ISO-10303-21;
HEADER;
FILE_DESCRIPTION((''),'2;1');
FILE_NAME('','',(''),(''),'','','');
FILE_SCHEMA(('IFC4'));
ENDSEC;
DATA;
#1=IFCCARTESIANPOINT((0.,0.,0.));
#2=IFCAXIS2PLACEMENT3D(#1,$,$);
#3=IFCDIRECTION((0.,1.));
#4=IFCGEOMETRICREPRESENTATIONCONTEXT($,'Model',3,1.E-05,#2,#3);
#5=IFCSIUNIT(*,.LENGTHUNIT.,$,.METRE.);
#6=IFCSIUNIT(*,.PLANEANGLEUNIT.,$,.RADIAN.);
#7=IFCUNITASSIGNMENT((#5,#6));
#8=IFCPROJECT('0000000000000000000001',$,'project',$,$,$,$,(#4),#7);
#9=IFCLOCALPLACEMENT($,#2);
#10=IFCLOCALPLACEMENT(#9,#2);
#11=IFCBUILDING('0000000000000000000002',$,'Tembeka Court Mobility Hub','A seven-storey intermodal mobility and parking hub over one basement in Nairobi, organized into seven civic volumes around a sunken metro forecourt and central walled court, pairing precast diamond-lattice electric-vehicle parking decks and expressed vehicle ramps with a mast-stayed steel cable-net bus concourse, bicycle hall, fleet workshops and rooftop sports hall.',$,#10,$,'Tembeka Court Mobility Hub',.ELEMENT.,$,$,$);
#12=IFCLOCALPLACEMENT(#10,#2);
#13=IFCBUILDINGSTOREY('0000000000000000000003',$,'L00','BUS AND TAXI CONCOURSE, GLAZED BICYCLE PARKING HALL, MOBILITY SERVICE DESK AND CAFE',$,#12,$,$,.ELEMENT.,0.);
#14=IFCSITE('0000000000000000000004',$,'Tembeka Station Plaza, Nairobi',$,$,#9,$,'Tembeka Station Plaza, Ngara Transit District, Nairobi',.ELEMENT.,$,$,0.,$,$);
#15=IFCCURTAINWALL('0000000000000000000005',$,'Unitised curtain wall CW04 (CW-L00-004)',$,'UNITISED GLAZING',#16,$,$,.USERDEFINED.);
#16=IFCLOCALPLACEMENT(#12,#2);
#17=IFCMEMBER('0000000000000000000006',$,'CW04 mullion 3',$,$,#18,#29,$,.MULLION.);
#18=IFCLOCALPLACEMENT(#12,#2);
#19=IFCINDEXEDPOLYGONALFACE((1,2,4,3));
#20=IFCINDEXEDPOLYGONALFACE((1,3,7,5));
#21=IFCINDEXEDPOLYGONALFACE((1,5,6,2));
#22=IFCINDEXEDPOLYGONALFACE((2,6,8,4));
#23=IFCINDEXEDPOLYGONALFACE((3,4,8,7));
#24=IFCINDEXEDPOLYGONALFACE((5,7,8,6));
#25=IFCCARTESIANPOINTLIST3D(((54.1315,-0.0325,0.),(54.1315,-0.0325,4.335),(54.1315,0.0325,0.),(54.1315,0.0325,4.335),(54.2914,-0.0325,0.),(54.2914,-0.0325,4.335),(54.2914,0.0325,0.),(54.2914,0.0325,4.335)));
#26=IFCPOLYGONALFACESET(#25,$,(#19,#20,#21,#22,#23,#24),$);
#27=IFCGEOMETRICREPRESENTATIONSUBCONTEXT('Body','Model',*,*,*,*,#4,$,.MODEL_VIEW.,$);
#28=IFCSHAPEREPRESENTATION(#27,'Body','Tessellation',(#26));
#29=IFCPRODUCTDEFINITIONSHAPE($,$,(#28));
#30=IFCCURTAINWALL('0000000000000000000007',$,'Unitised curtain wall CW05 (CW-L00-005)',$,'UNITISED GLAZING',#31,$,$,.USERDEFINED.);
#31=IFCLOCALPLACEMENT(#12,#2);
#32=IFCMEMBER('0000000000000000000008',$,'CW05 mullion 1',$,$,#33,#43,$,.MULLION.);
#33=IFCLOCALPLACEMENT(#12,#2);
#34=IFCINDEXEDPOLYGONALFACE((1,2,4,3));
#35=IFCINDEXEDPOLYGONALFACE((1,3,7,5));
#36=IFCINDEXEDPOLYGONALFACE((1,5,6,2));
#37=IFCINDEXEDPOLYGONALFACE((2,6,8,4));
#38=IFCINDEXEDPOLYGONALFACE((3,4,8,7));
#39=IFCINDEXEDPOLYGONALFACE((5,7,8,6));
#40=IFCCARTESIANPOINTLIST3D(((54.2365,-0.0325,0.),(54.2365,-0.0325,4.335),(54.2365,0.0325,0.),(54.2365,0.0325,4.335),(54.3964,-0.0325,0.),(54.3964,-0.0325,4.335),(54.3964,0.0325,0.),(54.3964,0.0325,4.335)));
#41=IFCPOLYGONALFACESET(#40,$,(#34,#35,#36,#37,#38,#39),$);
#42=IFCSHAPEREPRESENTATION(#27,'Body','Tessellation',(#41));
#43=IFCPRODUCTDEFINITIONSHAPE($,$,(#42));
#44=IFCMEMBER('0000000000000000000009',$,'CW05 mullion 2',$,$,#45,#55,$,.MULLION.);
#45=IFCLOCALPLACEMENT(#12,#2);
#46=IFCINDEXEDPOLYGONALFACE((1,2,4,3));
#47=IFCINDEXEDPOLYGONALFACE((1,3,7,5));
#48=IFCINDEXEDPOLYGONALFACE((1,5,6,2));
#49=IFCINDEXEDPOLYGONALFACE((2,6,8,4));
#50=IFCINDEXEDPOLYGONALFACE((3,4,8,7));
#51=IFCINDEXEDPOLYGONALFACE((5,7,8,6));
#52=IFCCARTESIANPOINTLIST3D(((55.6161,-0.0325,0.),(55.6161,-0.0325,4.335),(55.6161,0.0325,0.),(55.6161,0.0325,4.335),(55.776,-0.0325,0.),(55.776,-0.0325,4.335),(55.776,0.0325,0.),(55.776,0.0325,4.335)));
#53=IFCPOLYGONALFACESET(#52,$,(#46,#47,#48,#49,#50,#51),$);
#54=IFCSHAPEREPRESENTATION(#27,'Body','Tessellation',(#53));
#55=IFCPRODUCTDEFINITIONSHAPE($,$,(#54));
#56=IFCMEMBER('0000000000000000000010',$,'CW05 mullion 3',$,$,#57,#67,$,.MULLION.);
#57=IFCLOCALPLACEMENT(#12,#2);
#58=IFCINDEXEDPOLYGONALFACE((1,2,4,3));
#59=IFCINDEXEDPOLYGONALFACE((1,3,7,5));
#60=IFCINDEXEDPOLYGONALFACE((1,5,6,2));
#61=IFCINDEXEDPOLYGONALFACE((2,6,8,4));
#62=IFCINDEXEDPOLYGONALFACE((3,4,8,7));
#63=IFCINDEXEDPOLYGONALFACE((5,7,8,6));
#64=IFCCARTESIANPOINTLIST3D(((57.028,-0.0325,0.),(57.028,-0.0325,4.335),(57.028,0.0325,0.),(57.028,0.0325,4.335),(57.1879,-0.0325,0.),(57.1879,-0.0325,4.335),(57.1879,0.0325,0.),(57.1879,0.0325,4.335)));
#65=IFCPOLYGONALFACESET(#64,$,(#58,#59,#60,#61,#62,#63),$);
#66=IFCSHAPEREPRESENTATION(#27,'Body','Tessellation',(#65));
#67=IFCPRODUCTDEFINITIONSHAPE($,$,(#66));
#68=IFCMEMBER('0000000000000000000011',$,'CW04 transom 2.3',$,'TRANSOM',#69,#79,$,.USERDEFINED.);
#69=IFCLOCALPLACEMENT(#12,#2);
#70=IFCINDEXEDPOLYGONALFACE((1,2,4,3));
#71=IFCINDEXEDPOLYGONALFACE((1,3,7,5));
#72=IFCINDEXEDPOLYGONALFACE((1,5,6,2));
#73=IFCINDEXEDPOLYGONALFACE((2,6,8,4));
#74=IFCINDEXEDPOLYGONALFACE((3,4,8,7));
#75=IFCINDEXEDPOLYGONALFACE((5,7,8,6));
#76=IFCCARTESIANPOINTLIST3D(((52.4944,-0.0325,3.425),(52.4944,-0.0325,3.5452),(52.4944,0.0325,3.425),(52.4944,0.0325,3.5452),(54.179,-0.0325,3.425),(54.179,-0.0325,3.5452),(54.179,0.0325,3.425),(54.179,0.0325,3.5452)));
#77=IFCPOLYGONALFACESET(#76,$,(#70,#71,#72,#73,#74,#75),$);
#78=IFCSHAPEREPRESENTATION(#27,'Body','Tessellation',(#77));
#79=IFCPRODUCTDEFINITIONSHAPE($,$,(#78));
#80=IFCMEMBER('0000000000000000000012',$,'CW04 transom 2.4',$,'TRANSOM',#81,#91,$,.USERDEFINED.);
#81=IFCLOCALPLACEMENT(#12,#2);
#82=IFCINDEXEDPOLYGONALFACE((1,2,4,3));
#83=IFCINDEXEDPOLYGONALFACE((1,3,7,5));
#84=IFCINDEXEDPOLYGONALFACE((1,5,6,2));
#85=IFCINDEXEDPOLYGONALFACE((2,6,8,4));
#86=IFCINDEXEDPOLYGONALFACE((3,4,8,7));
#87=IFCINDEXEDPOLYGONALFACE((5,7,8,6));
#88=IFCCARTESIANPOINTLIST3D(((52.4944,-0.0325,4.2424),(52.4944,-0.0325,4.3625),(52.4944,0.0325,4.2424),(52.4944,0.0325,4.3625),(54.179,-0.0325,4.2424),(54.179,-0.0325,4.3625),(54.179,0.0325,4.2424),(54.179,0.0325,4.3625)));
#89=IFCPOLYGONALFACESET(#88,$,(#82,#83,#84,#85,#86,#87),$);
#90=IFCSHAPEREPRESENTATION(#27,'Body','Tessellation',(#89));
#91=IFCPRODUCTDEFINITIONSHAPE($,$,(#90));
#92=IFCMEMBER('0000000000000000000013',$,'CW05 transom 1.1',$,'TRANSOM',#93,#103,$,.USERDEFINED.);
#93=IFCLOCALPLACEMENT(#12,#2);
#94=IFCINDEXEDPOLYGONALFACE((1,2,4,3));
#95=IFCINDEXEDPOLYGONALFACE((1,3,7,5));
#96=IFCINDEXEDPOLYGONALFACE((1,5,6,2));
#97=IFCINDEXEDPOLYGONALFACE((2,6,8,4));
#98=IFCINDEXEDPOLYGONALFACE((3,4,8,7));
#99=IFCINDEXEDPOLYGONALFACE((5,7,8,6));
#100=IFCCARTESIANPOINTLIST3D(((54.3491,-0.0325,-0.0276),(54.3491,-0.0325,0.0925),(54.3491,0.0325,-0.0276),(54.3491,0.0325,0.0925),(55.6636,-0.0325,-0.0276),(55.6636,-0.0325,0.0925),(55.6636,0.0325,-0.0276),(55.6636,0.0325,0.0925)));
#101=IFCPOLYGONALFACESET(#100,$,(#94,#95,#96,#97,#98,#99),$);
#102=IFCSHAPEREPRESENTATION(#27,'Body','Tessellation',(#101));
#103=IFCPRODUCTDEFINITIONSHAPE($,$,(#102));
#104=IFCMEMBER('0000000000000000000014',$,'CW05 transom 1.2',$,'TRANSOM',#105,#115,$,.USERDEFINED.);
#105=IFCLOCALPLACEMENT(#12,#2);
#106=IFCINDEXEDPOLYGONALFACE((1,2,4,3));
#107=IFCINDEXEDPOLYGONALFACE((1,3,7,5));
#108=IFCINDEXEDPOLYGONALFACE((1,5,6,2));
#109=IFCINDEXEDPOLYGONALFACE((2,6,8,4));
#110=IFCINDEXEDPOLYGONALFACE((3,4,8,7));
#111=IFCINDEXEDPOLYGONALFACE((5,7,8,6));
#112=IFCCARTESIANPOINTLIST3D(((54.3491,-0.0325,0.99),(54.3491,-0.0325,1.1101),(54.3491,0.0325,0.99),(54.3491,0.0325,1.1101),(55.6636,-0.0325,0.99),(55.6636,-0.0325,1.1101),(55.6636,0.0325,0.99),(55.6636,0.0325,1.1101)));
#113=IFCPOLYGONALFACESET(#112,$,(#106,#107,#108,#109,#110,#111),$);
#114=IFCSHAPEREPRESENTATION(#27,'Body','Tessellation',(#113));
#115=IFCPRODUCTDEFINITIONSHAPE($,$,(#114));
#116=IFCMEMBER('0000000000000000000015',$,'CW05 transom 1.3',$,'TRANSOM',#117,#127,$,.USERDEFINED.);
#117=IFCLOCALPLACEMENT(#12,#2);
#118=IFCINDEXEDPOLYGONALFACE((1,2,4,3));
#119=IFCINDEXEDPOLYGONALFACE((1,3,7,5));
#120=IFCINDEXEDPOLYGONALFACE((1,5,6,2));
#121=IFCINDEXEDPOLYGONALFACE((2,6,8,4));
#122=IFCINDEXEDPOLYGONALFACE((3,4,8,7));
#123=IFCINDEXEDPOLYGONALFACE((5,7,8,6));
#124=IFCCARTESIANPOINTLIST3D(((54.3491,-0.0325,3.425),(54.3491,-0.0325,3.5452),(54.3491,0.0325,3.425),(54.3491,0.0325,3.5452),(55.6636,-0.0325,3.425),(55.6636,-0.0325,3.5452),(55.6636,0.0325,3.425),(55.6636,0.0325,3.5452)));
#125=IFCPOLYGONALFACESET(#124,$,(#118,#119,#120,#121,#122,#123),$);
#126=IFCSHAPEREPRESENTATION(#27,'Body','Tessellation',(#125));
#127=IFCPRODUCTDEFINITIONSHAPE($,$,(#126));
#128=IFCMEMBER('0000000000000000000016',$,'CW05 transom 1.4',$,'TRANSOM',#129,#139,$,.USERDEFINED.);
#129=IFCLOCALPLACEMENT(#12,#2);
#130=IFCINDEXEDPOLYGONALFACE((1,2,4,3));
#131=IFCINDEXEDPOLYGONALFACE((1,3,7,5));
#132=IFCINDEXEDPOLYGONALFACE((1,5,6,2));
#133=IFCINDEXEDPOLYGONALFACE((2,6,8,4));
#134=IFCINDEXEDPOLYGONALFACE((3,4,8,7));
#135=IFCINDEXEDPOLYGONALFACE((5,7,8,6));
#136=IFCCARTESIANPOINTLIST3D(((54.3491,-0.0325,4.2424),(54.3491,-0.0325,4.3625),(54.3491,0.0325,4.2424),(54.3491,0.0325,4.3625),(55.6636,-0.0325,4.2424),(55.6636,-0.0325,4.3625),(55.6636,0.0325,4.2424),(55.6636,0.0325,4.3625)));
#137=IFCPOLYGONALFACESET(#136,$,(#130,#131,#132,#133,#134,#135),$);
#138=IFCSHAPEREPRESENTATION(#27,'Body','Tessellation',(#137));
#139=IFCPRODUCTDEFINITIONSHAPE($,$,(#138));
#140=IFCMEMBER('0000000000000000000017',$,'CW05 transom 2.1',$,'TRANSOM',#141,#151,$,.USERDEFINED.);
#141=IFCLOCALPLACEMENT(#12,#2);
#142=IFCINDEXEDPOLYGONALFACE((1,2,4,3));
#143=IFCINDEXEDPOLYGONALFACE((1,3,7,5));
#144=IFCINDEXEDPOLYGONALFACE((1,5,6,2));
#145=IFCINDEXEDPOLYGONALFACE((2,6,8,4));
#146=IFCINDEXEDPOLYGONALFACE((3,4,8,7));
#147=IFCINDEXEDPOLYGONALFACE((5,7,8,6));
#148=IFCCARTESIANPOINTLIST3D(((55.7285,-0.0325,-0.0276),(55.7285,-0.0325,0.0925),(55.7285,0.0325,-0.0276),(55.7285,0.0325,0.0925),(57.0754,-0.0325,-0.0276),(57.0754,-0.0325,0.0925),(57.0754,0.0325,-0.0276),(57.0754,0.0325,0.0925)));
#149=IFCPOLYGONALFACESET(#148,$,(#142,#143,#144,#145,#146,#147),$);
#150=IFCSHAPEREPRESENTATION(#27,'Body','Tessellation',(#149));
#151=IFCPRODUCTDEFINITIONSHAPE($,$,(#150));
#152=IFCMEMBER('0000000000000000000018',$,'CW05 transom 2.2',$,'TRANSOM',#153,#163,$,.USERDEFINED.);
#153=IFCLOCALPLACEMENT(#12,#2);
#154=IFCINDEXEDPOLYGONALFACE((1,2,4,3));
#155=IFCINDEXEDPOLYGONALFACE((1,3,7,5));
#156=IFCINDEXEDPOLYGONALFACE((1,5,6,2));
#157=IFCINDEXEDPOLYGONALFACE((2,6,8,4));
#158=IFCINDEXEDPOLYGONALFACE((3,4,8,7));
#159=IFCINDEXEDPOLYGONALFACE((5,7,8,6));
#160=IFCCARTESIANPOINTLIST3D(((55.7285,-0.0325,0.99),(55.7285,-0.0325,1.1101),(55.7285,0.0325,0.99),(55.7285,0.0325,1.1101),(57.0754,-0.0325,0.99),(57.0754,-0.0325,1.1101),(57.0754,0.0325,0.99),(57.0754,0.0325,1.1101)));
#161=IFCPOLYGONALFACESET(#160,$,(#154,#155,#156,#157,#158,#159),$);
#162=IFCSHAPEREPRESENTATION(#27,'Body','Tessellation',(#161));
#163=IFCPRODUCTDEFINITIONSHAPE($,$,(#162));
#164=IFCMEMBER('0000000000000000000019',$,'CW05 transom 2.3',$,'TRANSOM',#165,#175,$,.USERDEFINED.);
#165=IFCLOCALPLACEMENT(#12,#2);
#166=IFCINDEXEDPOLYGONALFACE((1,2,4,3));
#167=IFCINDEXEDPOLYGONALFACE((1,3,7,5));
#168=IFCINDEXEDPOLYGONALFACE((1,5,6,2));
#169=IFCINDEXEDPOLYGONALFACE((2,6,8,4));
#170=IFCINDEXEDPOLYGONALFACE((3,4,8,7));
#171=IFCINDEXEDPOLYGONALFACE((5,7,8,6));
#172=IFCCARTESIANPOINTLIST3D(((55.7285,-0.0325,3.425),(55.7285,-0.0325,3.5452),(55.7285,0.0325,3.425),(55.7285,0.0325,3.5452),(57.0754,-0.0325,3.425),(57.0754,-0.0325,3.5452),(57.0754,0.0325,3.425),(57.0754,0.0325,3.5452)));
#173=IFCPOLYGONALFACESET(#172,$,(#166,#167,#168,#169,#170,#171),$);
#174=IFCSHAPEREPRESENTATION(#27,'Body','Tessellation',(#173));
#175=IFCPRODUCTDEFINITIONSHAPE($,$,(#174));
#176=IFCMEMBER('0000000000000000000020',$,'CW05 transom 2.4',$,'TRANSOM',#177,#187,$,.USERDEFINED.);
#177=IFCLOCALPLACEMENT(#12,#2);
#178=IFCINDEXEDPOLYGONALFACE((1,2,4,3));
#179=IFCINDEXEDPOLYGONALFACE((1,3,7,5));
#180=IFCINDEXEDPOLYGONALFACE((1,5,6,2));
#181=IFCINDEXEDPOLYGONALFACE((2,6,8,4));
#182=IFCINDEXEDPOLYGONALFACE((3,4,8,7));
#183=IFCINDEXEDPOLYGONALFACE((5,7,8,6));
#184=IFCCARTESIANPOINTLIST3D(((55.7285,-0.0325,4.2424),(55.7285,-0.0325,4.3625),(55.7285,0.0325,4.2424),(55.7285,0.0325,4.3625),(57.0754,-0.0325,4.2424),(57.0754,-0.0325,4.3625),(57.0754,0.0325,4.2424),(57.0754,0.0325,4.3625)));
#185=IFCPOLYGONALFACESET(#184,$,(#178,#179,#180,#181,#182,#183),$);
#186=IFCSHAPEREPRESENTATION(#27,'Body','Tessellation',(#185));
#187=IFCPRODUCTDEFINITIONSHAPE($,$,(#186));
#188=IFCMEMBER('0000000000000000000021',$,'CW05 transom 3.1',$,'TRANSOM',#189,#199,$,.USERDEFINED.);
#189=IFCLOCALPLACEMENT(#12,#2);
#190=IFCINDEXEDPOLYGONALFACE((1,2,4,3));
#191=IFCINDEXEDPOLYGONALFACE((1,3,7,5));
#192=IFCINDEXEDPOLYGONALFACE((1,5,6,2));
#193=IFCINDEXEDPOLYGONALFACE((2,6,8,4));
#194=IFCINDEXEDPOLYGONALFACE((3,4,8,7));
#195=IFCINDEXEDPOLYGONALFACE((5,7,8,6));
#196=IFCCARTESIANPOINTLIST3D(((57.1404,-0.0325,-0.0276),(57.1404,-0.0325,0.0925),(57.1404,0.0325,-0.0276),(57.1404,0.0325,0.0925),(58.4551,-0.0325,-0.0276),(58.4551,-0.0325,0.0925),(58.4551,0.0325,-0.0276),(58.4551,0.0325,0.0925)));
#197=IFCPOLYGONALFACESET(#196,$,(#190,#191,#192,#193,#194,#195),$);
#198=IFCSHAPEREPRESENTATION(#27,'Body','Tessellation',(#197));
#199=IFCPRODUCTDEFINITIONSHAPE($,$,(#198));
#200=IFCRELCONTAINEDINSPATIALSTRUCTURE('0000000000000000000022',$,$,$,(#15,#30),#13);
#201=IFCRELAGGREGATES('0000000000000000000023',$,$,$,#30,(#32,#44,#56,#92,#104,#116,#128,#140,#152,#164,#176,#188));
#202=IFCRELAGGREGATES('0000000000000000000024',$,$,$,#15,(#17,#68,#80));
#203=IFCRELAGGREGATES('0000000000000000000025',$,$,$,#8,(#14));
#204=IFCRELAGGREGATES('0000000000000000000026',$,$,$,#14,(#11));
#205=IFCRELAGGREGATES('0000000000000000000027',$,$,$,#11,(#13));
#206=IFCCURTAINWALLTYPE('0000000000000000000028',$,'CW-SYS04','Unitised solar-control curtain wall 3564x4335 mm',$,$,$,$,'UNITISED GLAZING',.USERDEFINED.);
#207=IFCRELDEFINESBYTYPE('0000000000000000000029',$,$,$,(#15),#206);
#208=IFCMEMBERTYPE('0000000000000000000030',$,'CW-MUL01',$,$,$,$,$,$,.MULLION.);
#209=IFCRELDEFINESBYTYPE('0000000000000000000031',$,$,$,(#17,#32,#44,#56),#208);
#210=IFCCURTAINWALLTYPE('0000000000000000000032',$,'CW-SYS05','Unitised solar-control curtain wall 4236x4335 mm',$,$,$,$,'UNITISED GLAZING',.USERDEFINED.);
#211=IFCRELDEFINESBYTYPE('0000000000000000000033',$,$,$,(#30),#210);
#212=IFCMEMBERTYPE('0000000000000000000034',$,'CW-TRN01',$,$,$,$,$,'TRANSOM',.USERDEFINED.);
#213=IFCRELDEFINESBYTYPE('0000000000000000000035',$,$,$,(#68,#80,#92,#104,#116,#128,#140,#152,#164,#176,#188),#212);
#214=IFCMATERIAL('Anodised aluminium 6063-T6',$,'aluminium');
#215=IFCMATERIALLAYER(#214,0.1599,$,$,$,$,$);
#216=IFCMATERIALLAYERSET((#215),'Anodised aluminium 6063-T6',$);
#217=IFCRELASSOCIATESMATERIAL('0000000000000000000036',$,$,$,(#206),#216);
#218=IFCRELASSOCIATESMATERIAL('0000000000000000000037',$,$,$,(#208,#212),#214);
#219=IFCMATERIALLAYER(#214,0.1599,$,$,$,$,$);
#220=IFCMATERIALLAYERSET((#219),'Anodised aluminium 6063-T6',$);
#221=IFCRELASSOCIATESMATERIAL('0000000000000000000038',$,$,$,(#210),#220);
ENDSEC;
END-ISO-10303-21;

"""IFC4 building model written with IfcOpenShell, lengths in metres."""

from ifc_helpers import new_model, si_unit, direction, frame, origin, origin_2d, place, context, subcontext, project, spatial, rectangle, extrude, material, layer, layer_set, material_profile, profile_set, type_object, element, aggregate, save


model = new_model("IFC4")

# Units and contexts
model_context = context("Model", 3, precision=1e-05, world=origin(), true_north=direction((0.0, 1.0)))
body_context = subcontext(model_context, "Body", "Model", "MODEL_VIEW")
ifc_project = project(units=[si_unit("LENGTHUNIT", "METRE"), si_unit("PLANEANGLEUNIT", "RADIAN")], contexts=[model_context])

# Site, building, storey
site_placement = place(None, origin())
site = spatial("IfcSite", under=ifc_project, at=site_placement, Name="Tembeka Station Plaza, Nairobi", LongName="Tembeka Station Plaza, Ngara Transit District, Nairobi", CompositionType="ELEMENT", RefElevation=0.0)
building_placement = place(site_placement, origin())
building = spatial("IfcBuilding", under=site, at=building_placement, Name="Tembeka Court Mobility Hub", Description="A seven-storey intermodal mobility and parking hub over one basement in Nairobi, organized into seven civic volumes around a sunken metro forecourt and central walled court, pairing precast diamond-lattice electric-vehicle parking decks and expressed vehicle ramps with a mast-stayed steel cable-net bus concourse, bicycle hall, fleet workshops and rooftop sports hall.", LongName="Tembeka Court Mobility Hub", CompositionType="ELEMENT")
storey_placement = place(building_placement, origin())
storey = spatial("IfcBuildingStorey", under=building, at=storey_placement, Name="L00", Description="BUS AND TAXI CONCOURSE, GLAZED BICYCLE PARKING HALL, MOBILITY SERVICE DESK AND CAFE", CompositionType="ELEMENT", Elevation=0.0)

# Curtain wall, member
ifc_material_1 = material(Name="Anodised aluminium 6063-T6", Category="aluminium")
ifc_layer_1 = layer(ifc_material_1, 0.1599)
ifc_layer_set_1 = layer_set([ifc_layer_1], Name="Anodised aluminium 6063-T6")
curtain_wall_type_1 = type_object("IfcCurtainWallType", Name="CW-SYS04", Description="Unitised solar-control curtain wall 3564x4335 mm", ElementType="UNITISED GLAZING", PredefinedType="USERDEFINED", material=ifc_layer_set_1)
curtain_wall_1_placement = place(storey_placement, origin())
curtain_wall_1 = element("IfcCurtainWall", 1, at=curtain_wall_1_placement, inside=storey, type_object=curtain_wall_type_1, Name="Unitised curtain wall CW04 (CW-L00-004)", ObjectType="UNITISED GLAZING", PredefinedType="USERDEFINED")
ifc_material_profile_1 = material_profile(ifc_material_1, rectangle(XDim=0.0649, YDim=0.1599, at=origin_2d()), Name="ALU-MUL 65x160")
ifc_profile_set_1 = profile_set([ifc_material_profile_1], Name="Anodised aluminium 6063-T6")
member_type_1 = type_object("IfcMemberType", Name="CW-MUL01", PredefinedType="MULLION", material=ifc_profile_set_1)
member_1_placement = place(storey_placement, frame((54.2114, 0.0, 0.0), z_axis=(0.0, 0.0, 1.0), x_axis=(0.0, 1.0, 0.0)))
member_1 = element("IfcMember", 2, at=member_1_placement, type_object=member_type_1, Name="CW04 mullion 3", PredefinedType="MULLION", context=body_context, shape_type="SweptSolid", body=[
    extrude(rectangle(XDim=0.0649, YDim=0.1599, at=origin_2d()), origin(), (0.0, 0.0, 1.0), 4.335),
])

# Curtain wall, members
ifc_layer_2 = layer(ifc_material_1, 0.1599)
ifc_layer_set_2 = layer_set([ifc_layer_2], Name="Anodised aluminium 6063-T6")
curtain_wall_type_2 = type_object("IfcCurtainWallType", Name="CW-SYS05", Description="Unitised solar-control curtain wall 4236x4335 mm", ElementType="UNITISED GLAZING", PredefinedType="USERDEFINED", material=ifc_layer_set_2)
curtain_wall_2_placement = place(storey_placement, origin())
curtain_wall_2 = element("IfcCurtainWall", 3, at=curtain_wall_2_placement, inside=storey, type_object=curtain_wall_type_2, Name="Unitised curtain wall CW05 (CW-L00-005)", ObjectType="UNITISED GLAZING", PredefinedType="USERDEFINED")
member_2_placement = place(storey_placement, frame((54.3164, 0.0, 0.0), z_axis=(0.0, 0.0, 1.0), x_axis=(0.0, 1.0, 0.0)))
member_2 = element("IfcMember", 4, at=member_2_placement, type_object=member_type_1, Name="CW05 mullion 1", PredefinedType="MULLION", context=body_context, shape_type="SweptSolid", body=[
    extrude(rectangle(XDim=0.0649, YDim=0.1599, at=origin_2d()), origin(), (0.0, 0.0, 1.0), 4.335),
])
member_3_placement = place(storey_placement, frame((55.696, 0.0, 0.0), z_axis=(0.0, 0.0, 1.0), x_axis=(0.0, 1.0, 0.0)))
member_3 = element("IfcMember", 5, at=member_3_placement, type_object=member_type_1, Name="CW05 mullion 2", PredefinedType="MULLION", context=body_context, shape_type="SweptSolid", body=[
    extrude(rectangle(XDim=0.0649, YDim=0.1599, at=origin_2d()), origin(), (0.0, 0.0, 1.0), 4.335),
])
member_4_placement = place(storey_placement, frame((57.1079, 0.0, 0.0), z_axis=(0.0, 0.0, 1.0), x_axis=(0.0, 1.0, 0.0)))
member_4 = element("IfcMember", 6, at=member_4_placement, type_object=member_type_1, Name="CW05 mullion 3", PredefinedType="MULLION", context=body_context, shape_type="SweptSolid", body=[
    extrude(rectangle(XDim=0.0649, YDim=0.1599, at=origin_2d()), origin(), (0.0, 0.0, 1.0), 4.335),
])

# Members
ifc_material_profile_2 = material_profile(ifc_material_1, rectangle(XDim=0.0649, YDim=0.1201, at=origin_2d()), Name="ALU-TRN 65x120")
ifc_profile_set_2 = profile_set([ifc_material_profile_2], Name="Anodised aluminium 6063-T6")
member_type_2 = type_object("IfcMemberType", Name="CW-TRN01", ElementType="TRANSOM", PredefinedType="USERDEFINED", material=ifc_profile_set_2)
member_5_placement = place(storey_placement, frame((52.4944, 0.0, 3.4851), z_axis=(1.0, 0.0, 0.0), x_axis=(0.0, 1.0, 0.0)))
member_5 = element("IfcMember", 7, at=member_5_placement, type_object=member_type_2, Name="CW04 transom 2.3", ObjectType="TRANSOM", PredefinedType="USERDEFINED", context=body_context, shape_type="SweptSolid", body=[
    extrude(rectangle(XDim=0.0649, YDim=0.1201, at=origin_2d()), origin(), (0.0, 0.0, 1.0), 1.6846),
])
member_6_placement = place(storey_placement, frame((52.4944, 0.0, 4.3025), z_axis=(1.0, 0.0, 0.0), x_axis=(0.0, 1.0, 0.0)))
member_6 = element("IfcMember", 8, at=member_6_placement, type_object=member_type_2, Name="CW04 transom 2.4", ObjectType="TRANSOM", PredefinedType="USERDEFINED", context=body_context, shape_type="SweptSolid", body=[
    extrude(rectangle(XDim=0.0649, YDim=0.1201, at=origin_2d()), origin(), (0.0, 0.0, 1.0), 1.6846),
])
member_7_placement = place(storey_placement, frame((54.3491, 0.0, 0.0325), z_axis=(1.0, 0.0, 0.0), x_axis=(0.0, 1.0, 0.0)))
member_7 = element("IfcMember", 9, at=member_7_placement, type_object=member_type_2, Name="CW05 transom 1.1", ObjectType="TRANSOM", PredefinedType="USERDEFINED", context=body_context, shape_type="SweptSolid", body=[
    extrude(rectangle(XDim=0.0649, YDim=0.1201, at=origin_2d()), origin(), (0.0, 0.0, 1.0), 1.3145),
])
member_8_placement = place(storey_placement, frame((54.3491, 0.0, 1.05), z_axis=(1.0, 0.0, 0.0), x_axis=(0.0, 1.0, 0.0)))
member_8 = element("IfcMember", 10, at=member_8_placement, type_object=member_type_2, Name="CW05 transom 1.2", ObjectType="TRANSOM", PredefinedType="USERDEFINED", context=body_context, shape_type="SweptSolid", body=[
    extrude(rectangle(XDim=0.0649, YDim=0.1201, at=origin_2d()), origin(), (0.0, 0.0, 1.0), 1.3145),
])
member_9_placement = place(storey_placement, frame((54.3491, 0.0, 3.4851), z_axis=(1.0, 0.0, 0.0), x_axis=(0.0, 1.0, 0.0)))
member_9 = element("IfcMember", 11, at=member_9_placement, type_object=member_type_2, Name="CW05 transom 1.3", ObjectType="TRANSOM", PredefinedType="USERDEFINED", context=body_context, shape_type="SweptSolid", body=[
    extrude(rectangle(XDim=0.0649, YDim=0.1201, at=origin_2d()), origin(), (0.0, 0.0, 1.0), 1.3145),
])
member_10_placement = place(storey_placement, frame((54.3491, 0.0, 4.3025), z_axis=(1.0, 0.0, 0.0), x_axis=(0.0, 1.0, 0.0)))
member_10 = element("IfcMember", 12, at=member_10_placement, type_object=member_type_2, Name="CW05 transom 1.4", ObjectType="TRANSOM", PredefinedType="USERDEFINED", context=body_context, shape_type="SweptSolid", body=[
    extrude(rectangle(XDim=0.0649, YDim=0.1201, at=origin_2d()), origin(), (0.0, 0.0, 1.0), 1.3145),
])
member_11_placement = place(storey_placement, frame((55.7285, 0.0, 0.0325), z_axis=(1.0, 0.0, 0.0), x_axis=(0.0, 1.0, 0.0)))
member_11 = element("IfcMember", 13, at=member_11_placement, type_object=member_type_2, Name="CW05 transom 2.1", ObjectType="TRANSOM", PredefinedType="USERDEFINED", context=body_context, shape_type="SweptSolid", body=[
    extrude(rectangle(XDim=0.0649, YDim=0.1201, at=origin_2d()), origin(), (0.0, 0.0, 1.0), 1.3469),
])
member_12_placement = place(storey_placement, frame((55.7285, 0.0, 1.05), z_axis=(1.0, 0.0, 0.0), x_axis=(0.0, 1.0, 0.0)))
member_12 = element("IfcMember", 14, at=member_12_placement, type_object=member_type_2, Name="CW05 transom 2.2", ObjectType="TRANSOM", PredefinedType="USERDEFINED", context=body_context, shape_type="SweptSolid", body=[
    extrude(rectangle(XDim=0.0649, YDim=0.1201, at=origin_2d()), origin(), (0.0, 0.0, 1.0), 1.3469),
])
member_13_placement = place(storey_placement, frame((55.7285, 0.0, 3.4851), z_axis=(1.0, 0.0, 0.0), x_axis=(0.0, 1.0, 0.0)))
member_13 = element("IfcMember", 15, at=member_13_placement, type_object=member_type_2, Name="CW05 transom 2.3", ObjectType="TRANSOM", PredefinedType="USERDEFINED", context=body_context, shape_type="SweptSolid", body=[
    extrude(rectangle(XDim=0.0649, YDim=0.1201, at=origin_2d()), origin(), (0.0, 0.0, 1.0), 1.3469),
])
member_14_placement = place(storey_placement, frame((55.7285, 0.0, 4.3025), z_axis=(1.0, 0.0, 0.0), x_axis=(0.0, 1.0, 0.0)))
member_14 = element("IfcMember", 16, at=member_14_placement, type_object=member_type_2, Name="CW05 transom 2.4", ObjectType="TRANSOM", PredefinedType="USERDEFINED", context=body_context, shape_type="SweptSolid", body=[
    extrude(rectangle(XDim=0.0649, YDim=0.1201, at=origin_2d()), origin(), (0.0, 0.0, 1.0), 1.3469),
])
member_15_placement = place(storey_placement, frame((57.1404, 0.0, 0.0325), z_axis=(1.0, 0.0, 0.0), x_axis=(0.0, 1.0, 0.0)))
member_15 = element("IfcMember", 17, at=member_15_placement, type_object=member_type_2, Name="CW05 transom 3.1", ObjectType="TRANSOM", PredefinedType="USERDEFINED", context=body_context, shape_type="SweptSolid", body=[
    extrude(rectangle(XDim=0.0649, YDim=0.1201, at=origin_2d()), origin(), (0.0, 0.0, 1.0), 1.3147),
])

aggregate(curtain_wall_2, [member_2, member_3, member_4, member_7, member_8, member_9, member_10, member_11, member_12, member_13, member_14, member_15])
aggregate(curtain_wall_1, [member_1, member_5, member_6])

save(model, "model.ifc")
